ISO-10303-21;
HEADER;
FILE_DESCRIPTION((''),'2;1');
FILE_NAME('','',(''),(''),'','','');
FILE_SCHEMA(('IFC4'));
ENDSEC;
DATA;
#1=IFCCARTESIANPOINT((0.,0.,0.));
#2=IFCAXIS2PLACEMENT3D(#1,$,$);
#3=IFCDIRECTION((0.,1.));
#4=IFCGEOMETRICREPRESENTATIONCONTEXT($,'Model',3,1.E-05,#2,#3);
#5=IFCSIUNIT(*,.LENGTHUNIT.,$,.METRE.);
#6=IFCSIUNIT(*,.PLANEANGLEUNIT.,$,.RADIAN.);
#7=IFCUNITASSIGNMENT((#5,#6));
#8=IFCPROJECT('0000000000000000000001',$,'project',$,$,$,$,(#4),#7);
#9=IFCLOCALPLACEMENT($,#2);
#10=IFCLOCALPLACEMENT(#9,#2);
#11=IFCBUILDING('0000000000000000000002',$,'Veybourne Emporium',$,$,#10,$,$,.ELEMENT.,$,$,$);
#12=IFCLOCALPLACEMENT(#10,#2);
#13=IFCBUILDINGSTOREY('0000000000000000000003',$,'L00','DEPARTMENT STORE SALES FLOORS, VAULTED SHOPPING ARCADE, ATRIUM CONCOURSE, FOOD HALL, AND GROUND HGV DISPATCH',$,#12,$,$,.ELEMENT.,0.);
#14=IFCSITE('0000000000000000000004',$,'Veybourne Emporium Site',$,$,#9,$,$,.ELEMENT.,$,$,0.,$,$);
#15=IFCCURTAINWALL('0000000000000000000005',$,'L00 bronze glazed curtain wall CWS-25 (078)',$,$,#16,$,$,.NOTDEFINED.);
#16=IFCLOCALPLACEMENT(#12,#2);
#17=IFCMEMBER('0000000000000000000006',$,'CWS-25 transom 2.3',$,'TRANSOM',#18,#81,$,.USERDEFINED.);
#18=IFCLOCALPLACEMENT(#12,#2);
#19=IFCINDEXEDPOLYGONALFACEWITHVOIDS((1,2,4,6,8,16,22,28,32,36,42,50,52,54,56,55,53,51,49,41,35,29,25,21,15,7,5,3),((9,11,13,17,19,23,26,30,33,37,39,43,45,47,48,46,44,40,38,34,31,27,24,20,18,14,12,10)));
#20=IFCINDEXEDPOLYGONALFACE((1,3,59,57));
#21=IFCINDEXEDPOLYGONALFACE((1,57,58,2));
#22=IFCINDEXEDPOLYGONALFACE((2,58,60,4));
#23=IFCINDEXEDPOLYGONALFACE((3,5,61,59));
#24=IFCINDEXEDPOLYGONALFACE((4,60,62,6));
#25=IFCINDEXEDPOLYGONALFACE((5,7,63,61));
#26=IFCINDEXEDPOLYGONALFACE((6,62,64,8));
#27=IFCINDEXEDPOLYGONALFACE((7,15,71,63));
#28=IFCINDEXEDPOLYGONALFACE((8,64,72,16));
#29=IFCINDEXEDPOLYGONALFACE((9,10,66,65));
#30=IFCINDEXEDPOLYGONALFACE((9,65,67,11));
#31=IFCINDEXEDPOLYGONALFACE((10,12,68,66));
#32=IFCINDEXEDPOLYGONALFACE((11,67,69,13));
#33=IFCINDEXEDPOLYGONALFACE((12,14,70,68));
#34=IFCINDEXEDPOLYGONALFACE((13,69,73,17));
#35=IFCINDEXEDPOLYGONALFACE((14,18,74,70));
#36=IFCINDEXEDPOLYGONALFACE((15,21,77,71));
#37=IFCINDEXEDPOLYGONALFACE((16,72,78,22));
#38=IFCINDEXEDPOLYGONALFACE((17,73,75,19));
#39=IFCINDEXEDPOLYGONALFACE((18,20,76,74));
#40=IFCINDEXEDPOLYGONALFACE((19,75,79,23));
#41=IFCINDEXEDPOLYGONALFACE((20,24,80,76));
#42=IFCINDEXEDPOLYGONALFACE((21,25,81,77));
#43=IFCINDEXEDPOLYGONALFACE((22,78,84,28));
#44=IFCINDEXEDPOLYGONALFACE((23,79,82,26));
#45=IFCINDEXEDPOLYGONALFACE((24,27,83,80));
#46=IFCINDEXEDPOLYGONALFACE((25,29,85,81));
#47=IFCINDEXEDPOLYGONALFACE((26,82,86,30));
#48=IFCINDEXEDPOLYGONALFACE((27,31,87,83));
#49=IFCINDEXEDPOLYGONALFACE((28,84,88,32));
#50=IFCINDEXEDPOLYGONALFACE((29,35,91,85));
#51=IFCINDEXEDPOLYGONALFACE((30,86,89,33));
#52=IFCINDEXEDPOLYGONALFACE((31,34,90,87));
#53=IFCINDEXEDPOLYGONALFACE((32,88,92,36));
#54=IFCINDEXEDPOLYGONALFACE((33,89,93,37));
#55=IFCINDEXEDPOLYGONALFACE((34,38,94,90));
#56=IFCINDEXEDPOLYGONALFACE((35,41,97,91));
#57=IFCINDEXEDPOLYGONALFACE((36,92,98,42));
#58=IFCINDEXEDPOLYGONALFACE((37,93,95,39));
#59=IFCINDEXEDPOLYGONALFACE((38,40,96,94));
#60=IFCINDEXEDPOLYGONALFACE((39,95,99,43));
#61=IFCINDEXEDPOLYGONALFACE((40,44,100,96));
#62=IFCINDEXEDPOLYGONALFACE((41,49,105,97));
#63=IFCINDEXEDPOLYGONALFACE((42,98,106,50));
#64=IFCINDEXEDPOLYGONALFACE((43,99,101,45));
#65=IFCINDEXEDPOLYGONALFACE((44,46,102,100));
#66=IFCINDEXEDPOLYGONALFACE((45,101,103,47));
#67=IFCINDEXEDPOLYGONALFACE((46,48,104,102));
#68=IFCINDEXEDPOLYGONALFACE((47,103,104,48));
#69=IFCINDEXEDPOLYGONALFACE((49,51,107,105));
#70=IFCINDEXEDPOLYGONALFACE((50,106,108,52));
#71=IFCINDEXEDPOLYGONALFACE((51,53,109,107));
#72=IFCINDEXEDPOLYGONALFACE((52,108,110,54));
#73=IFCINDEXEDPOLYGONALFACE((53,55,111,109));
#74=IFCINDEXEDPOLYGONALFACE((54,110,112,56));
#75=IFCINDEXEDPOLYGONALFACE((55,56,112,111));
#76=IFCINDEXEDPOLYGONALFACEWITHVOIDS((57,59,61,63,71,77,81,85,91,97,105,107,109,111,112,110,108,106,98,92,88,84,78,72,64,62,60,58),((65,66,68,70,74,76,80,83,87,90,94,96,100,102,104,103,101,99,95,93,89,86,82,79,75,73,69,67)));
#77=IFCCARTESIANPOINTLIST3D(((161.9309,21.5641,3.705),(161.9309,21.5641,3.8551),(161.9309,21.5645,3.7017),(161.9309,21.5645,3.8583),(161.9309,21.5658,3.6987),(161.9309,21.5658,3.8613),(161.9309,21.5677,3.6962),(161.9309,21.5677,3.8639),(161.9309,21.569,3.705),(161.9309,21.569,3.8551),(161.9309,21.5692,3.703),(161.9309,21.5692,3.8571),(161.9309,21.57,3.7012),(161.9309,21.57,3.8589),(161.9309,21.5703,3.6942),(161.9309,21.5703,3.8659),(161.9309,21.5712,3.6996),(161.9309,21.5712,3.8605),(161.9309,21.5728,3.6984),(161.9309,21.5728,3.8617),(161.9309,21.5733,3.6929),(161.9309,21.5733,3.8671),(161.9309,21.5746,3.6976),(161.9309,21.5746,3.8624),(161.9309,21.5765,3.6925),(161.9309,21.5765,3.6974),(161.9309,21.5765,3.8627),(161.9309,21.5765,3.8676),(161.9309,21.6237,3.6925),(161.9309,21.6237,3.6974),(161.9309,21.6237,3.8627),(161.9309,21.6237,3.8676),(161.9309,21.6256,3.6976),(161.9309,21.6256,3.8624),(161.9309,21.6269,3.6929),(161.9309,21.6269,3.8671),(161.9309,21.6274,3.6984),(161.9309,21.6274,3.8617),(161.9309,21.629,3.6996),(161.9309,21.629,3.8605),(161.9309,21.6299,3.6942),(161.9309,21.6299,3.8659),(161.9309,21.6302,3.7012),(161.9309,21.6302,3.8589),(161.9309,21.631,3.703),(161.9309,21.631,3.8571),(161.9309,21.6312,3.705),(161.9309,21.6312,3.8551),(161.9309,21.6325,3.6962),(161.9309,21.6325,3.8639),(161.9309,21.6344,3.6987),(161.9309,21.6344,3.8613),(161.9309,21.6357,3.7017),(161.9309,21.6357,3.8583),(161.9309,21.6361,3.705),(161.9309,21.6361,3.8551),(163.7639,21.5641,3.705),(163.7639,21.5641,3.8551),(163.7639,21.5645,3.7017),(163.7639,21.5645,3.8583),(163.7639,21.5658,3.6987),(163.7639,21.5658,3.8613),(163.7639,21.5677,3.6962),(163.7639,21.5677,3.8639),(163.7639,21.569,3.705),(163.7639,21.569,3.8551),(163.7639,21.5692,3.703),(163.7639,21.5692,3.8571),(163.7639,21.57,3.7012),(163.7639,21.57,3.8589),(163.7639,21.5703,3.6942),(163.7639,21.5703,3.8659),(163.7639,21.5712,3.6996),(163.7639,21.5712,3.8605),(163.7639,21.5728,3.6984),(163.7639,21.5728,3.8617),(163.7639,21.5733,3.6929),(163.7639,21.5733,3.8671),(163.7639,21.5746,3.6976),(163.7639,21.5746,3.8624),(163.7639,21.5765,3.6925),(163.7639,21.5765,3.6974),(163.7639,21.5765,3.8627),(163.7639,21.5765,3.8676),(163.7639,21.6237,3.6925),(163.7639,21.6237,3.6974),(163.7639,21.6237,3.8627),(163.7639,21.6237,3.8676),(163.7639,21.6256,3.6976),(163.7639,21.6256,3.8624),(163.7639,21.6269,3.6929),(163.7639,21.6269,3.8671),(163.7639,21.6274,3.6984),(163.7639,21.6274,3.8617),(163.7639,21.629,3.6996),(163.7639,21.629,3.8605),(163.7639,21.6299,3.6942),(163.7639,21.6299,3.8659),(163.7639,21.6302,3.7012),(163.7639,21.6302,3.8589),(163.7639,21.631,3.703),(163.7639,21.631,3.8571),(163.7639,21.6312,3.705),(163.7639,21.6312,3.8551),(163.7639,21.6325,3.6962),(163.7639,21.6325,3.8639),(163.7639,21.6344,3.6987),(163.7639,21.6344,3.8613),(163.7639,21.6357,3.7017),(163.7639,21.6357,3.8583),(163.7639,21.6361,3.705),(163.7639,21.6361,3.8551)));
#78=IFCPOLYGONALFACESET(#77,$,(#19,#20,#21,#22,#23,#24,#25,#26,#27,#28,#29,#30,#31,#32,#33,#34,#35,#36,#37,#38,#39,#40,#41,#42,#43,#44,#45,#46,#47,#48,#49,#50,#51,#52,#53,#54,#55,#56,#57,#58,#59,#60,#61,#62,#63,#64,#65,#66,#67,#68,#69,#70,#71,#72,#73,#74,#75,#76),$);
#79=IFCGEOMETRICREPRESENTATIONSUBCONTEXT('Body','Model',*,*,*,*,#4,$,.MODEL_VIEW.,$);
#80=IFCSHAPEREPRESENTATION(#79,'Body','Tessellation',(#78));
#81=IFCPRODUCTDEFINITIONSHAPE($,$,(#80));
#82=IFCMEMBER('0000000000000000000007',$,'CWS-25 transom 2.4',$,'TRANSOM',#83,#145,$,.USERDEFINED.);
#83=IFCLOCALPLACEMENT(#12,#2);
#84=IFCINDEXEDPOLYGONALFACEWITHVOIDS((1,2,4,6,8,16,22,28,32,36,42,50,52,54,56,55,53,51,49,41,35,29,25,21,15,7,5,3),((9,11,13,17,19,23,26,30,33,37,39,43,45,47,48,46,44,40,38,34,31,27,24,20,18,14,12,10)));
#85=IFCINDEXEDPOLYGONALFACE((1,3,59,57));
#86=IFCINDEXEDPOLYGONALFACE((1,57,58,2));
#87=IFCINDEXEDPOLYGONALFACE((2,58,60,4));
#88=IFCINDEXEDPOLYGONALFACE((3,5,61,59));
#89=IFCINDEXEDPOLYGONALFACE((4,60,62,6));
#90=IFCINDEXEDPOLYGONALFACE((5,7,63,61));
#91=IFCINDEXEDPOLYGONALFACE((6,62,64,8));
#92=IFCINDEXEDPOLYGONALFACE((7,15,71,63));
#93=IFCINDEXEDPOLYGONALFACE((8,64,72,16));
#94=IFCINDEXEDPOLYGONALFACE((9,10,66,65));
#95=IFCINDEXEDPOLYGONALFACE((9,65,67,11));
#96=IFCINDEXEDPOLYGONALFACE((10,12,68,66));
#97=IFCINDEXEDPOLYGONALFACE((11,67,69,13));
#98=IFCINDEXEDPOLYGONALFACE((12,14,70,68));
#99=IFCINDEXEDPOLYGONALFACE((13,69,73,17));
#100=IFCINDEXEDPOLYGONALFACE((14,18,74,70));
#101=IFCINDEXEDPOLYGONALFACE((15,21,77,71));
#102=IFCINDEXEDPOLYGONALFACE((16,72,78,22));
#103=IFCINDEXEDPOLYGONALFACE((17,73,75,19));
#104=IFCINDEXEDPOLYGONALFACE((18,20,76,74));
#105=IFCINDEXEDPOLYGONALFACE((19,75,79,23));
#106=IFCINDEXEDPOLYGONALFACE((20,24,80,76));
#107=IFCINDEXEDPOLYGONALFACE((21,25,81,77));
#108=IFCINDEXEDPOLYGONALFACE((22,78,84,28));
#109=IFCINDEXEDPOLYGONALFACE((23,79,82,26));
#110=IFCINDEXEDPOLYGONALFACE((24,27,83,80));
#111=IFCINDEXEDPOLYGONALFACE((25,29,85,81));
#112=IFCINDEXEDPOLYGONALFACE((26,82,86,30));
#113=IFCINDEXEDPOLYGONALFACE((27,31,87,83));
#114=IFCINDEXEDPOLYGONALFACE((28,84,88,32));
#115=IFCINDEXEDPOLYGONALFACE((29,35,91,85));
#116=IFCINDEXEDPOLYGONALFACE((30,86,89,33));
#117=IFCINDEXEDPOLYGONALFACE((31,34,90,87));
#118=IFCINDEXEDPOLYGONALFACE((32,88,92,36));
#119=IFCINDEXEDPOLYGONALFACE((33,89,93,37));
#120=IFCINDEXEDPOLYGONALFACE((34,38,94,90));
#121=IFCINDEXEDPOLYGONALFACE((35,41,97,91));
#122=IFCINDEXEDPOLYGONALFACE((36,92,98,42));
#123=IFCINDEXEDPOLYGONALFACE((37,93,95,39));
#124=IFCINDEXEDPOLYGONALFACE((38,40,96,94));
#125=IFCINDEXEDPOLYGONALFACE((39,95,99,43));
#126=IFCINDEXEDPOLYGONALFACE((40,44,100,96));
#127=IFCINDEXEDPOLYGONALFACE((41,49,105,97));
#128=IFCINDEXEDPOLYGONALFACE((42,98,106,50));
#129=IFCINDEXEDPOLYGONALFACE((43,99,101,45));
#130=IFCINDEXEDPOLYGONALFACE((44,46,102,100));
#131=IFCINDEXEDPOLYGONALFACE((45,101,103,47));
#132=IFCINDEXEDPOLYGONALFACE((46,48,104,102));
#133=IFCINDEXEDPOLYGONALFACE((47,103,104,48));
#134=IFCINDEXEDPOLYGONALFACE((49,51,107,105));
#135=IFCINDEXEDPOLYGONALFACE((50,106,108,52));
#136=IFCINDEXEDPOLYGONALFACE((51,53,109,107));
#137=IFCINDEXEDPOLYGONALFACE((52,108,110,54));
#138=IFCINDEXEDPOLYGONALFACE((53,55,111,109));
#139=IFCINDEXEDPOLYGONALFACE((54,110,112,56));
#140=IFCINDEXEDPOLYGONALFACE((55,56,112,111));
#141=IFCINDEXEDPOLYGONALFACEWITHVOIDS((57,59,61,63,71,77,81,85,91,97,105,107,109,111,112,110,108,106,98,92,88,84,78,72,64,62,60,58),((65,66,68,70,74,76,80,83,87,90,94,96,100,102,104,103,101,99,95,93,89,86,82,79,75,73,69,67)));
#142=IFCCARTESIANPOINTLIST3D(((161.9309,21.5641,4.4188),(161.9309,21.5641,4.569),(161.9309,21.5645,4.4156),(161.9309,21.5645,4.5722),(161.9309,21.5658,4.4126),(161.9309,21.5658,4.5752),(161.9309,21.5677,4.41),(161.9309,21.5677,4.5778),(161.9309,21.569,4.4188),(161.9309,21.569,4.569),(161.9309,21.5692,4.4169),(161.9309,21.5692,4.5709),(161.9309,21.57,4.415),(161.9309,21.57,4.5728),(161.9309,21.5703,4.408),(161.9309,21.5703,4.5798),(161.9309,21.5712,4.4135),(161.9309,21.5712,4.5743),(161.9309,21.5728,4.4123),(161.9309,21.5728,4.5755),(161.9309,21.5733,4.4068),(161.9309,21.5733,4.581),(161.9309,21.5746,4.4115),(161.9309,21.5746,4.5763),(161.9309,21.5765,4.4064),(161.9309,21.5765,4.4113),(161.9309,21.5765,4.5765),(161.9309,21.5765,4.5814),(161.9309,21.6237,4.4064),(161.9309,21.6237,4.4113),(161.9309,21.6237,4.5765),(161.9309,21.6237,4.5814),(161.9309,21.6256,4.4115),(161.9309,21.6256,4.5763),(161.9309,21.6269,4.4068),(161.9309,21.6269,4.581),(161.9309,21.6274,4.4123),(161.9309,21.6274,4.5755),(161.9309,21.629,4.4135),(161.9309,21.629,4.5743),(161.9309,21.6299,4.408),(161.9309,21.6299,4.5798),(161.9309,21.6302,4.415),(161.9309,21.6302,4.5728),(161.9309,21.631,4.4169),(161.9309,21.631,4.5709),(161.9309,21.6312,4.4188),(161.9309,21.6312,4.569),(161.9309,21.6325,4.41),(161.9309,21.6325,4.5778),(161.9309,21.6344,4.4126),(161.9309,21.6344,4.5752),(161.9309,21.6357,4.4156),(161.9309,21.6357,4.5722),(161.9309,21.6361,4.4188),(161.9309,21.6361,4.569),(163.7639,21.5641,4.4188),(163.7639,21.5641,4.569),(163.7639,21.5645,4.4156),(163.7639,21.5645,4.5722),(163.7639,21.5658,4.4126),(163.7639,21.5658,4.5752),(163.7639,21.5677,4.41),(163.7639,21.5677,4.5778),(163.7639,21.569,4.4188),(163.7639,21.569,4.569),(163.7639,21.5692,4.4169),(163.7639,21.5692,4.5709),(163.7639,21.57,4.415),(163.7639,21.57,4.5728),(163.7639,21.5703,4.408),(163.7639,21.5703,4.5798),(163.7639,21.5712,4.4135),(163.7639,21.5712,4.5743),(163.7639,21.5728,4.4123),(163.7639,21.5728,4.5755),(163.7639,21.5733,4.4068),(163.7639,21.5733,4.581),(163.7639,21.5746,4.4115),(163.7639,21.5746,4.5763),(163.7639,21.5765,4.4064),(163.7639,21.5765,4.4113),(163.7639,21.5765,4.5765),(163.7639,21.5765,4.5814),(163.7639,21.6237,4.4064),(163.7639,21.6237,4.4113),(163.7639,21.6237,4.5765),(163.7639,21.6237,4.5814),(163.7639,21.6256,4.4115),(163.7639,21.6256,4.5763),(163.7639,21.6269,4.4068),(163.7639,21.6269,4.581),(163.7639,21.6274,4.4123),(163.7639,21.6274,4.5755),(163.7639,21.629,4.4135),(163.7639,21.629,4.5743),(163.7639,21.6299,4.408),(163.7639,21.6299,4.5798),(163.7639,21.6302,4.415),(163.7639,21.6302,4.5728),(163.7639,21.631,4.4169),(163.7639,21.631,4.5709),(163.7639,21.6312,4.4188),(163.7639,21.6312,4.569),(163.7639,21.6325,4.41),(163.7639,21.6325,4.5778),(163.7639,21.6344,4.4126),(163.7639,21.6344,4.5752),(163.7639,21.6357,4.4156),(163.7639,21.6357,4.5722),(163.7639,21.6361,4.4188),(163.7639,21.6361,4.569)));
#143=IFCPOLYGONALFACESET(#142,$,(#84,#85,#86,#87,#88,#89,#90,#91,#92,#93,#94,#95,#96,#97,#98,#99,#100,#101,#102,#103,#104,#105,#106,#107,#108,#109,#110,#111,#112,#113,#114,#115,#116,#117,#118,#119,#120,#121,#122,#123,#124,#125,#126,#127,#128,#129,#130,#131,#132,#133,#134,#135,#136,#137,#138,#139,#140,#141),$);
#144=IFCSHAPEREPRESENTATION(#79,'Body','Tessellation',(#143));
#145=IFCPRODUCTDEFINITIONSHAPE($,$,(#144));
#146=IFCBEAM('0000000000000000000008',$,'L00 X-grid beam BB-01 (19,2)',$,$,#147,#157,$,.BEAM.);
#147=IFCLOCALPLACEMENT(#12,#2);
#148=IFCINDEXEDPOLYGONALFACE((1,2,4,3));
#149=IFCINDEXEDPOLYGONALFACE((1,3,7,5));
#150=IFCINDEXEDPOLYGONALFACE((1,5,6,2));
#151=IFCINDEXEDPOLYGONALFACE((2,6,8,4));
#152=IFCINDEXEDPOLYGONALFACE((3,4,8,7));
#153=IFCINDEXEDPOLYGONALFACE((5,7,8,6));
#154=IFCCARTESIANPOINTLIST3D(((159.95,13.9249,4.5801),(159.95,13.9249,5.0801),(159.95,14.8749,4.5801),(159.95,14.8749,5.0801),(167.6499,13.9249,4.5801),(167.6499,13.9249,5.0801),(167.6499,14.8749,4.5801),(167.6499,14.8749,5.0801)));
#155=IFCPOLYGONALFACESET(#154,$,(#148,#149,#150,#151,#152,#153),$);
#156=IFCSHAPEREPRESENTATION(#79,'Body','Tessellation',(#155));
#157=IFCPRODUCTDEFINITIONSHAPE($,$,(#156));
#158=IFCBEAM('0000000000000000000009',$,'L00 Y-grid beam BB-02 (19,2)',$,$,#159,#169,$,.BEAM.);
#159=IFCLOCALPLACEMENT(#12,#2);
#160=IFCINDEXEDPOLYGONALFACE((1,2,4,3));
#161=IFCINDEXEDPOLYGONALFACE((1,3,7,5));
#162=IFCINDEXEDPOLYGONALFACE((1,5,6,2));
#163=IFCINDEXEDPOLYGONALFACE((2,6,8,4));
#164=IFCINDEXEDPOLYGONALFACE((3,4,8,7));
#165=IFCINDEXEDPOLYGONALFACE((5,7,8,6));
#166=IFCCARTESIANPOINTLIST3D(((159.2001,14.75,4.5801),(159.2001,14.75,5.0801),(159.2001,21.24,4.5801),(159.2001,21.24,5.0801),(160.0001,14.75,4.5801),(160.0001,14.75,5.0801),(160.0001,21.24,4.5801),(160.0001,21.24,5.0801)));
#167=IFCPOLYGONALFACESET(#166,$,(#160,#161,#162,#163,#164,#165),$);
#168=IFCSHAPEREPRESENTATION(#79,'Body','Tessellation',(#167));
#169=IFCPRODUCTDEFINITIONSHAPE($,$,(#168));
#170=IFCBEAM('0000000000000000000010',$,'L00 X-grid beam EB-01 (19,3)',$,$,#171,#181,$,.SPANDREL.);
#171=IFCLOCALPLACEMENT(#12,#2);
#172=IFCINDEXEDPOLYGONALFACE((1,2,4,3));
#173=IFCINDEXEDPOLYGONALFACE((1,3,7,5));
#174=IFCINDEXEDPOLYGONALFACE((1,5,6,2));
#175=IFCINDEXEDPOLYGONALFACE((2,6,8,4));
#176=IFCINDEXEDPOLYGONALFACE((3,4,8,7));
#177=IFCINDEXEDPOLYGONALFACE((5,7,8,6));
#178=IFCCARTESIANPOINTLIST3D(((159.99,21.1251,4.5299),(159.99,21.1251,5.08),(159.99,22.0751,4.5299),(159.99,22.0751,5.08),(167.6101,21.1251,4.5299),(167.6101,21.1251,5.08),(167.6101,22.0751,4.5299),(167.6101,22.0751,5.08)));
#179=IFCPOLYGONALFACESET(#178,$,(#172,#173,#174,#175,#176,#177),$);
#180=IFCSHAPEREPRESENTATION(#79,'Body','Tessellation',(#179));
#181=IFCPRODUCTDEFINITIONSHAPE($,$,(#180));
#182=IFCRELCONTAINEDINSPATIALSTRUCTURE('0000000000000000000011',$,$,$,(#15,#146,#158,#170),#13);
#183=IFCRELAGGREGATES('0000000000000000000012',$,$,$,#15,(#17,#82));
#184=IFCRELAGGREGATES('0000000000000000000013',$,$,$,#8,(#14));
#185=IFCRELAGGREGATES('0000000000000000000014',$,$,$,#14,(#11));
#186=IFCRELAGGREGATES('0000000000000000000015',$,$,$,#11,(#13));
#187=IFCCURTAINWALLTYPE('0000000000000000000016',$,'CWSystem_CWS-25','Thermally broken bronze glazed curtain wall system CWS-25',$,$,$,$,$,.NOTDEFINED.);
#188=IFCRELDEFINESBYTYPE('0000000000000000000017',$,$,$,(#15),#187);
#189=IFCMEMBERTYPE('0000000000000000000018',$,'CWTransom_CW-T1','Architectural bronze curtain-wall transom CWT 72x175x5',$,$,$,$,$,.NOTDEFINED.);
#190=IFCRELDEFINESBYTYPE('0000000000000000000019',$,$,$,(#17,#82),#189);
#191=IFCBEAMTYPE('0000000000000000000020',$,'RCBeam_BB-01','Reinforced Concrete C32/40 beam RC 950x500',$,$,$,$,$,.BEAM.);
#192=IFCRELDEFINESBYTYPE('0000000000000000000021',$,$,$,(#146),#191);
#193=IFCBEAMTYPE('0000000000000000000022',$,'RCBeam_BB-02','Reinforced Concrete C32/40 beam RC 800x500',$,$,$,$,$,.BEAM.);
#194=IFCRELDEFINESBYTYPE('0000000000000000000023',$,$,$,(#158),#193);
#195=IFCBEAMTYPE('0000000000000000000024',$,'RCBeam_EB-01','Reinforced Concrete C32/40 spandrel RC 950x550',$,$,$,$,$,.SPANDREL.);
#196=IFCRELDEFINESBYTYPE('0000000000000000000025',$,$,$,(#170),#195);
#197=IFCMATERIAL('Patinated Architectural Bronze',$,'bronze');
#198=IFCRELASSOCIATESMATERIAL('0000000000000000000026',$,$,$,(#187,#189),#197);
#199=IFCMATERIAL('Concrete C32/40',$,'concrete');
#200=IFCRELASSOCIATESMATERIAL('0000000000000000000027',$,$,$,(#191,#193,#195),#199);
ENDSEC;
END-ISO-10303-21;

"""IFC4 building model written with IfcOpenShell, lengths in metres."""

from ifc_helpers import new_model, si_unit, direction, frame, origin, origin_2d, place, context, subcontext, project, spatial, rectangle, hollow_rectangle, extrude, material, material_profile, profile_set, type_object, element, aggregate, save


model = new_model("IFC4")

# Units and contexts
model_context = context("Model", 3, precision=1e-05, world=origin(), true_north=direction((0.0, 1.0)))
body_context = subcontext(model_context, "Body", "Model", "MODEL_VIEW")
ifc_project = project(units=[si_unit("LENGTHUNIT", "METRE"), si_unit("PLANEANGLEUNIT", "RADIAN")], contexts=[model_context])

# Site, building, storey
site_placement = place(None, origin())
site = spatial("IfcSite", under=ifc_project, at=site_placement, Name="Veybourne Emporium Site", CompositionType="ELEMENT", RefElevation=0.0)
building_placement = place(site_placement, origin())
building = spatial("IfcBuilding", under=site, at=building_placement, Name="Veybourne Emporium", CompositionType="ELEMENT")
storey_placement = place(building_placement, origin())
storey = spatial("IfcBuildingStorey", under=building, at=storey_placement, Name="L00", Description="DEPARTMENT STORE SALES FLOORS, VAULTED SHOPPING ARCADE, ATRIUM CONCOURSE, FOOD HALL, AND GROUND HGV DISPATCH", CompositionType="ELEMENT", Elevation=0.0)

# Curtain wall
ifc_material_1 = material(Name="Patinated Architectural Bronze", Category="bronze")
curtain_wall_type_1 = type_object("IfcCurtainWallType", Name="CWSystem_CWS-25", Description="Thermally broken bronze glazed curtain wall system CWS-25", PredefinedType="NOTDEFINED", material=ifc_material_1)
curtain_wall_1_placement = place(storey_placement, origin())
curtain_wall_1 = element("IfcCurtainWall", 1, at=curtain_wall_1_placement, inside=storey, type_object=curtain_wall_type_1, Name="L00 bronze glazed curtain wall CWS-25 (078)", PredefinedType="NOTDEFINED")

# Members
ifc_material_profile_1 = material_profile(ifc_material_1, hollow_rectangle(XDim=0.072, YDim=0.175, WallThickness=0.0049, InnerFilletRadius=0.0076, OuterFilletRadius=0.0125, at=origin_2d()), Name="CWT 72x175x5")
ifc_profile_set_1 = profile_set([ifc_material_profile_1], Name="Patinated Architectural Bronze")
member_type_1 = type_object("IfcMemberType", Name="CWTransom_CW-T1", Description="Architectural bronze curtain-wall transom CWT 72x175x5", PredefinedType="NOTDEFINED", material=ifc_profile_set_1)
member_1_placement = place(storey_placement, frame((161.9309, 21.6001, 3.78), z_axis=(1.0, 0.0, 0.0), x_axis=(0.0, 1.0, 0.0)))
member_1 = element("IfcMember", 2, at=member_1_placement, type_object=member_type_1, Name="CWS-25 transom 2.3", ObjectType="TRANSOM", PredefinedType="USERDEFINED", context=body_context, shape_type="SweptSolid", body=[
    extrude(hollow_rectangle(XDim=0.072, YDim=0.175, WallThickness=0.0049, InnerFilletRadius=0.0076, OuterFilletRadius=0.0125, at=origin_2d()), origin(), (0.0, 0.0, 1.0), 1.833),
])
member_2_placement = place(storey_placement, frame((161.9309, 21.6001, 4.4939), z_axis=(1.0, 0.0, 0.0), x_axis=(0.0, 1.0, 0.0)))
member_2 = element("IfcMember", 3, at=member_2_placement, type_object=member_type_1, Name="CWS-25 transom 2.4", ObjectType="TRANSOM", PredefinedType="USERDEFINED", context=body_context, shape_type="SweptSolid", body=[
    extrude(hollow_rectangle(XDim=0.072, YDim=0.175, WallThickness=0.0049, InnerFilletRadius=0.0076, OuterFilletRadius=0.0125, at=origin_2d()), origin(), (0.0, 0.0, 1.0), 1.833),
])

# Beams
ifc_material_2 = material(Name="Concrete C32/40", Category="concrete")
ifc_material_profile_2 = material_profile(ifc_material_2, rectangle(XDim=0.95, YDim=0.5, at=origin_2d()), Name="RC 950x500")
ifc_profile_set_2 = profile_set([ifc_material_profile_2], Name="Concrete C32/40")
beam_type_1 = type_object("IfcBeamType", Name="RCBeam_BB-01", Description="Reinforced Concrete C32/40 beam RC 950x500", PredefinedType="BEAM", material=ifc_profile_set_2)
beam_1_placement = place(storey_placement, frame((159.95, 14.3999, 4.8301), z_axis=(1.0, 0.0, 0.0), x_axis=(0.0, 1.0, 0.0)))
element("IfcBeam", 4, at=beam_1_placement, inside=storey, type_object=beam_type_1, Name="L00 X-grid beam BB-01 (19,2)", PredefinedType="BEAM", context=body_context, shape_type="SweptSolid", body=[
    extrude(rectangle(XDim=0.95, YDim=0.5, at=origin_2d()), origin(), (0.0, 0.0, 1.0), 7.7),
])
ifc_material_profile_3 = material_profile(ifc_material_2, rectangle(XDim=0.8, YDim=0.5, at=origin_2d()), Name="RC 800x500")
ifc_profile_set_3 = profile_set([ifc_material_profile_3], Name="Concrete C32/40")
beam_type_2 = type_object("IfcBeamType", Name="RCBeam_BB-02", Description="Reinforced Concrete C32/40 beam RC 800x500", PredefinedType="BEAM", material=ifc_profile_set_3)
beam_2_placement = place(storey_placement, frame((159.6001, 14.75, 4.8301), z_axis=(0.0, 1.0, 0.0), x_axis=(-1.0, 0.0, 0.0)))
element("IfcBeam", 5, at=beam_2_placement, inside=storey, type_object=beam_type_2, Name="L00 Y-grid beam BB-02 (19,2)", PredefinedType="BEAM", context=body_context, shape_type="SweptSolid", body=[
    extrude(rectangle(XDim=0.8, YDim=0.5, at=origin_2d()), origin(), (0.0, 0.0, 1.0), 6.49),
])
ifc_material_profile_4 = material_profile(ifc_material_2, rectangle(XDim=0.95, YDim=0.55, at=origin_2d()), Name="RC 950x550")
ifc_profile_set_4 = profile_set([ifc_material_profile_4], Name="Concrete C32/40")
beam_type_3 = type_object("IfcBeamType", Name="RCBeam_EB-01", Description="Reinforced Concrete C32/40 spandrel RC 950x550", PredefinedType="SPANDREL", material=ifc_profile_set_4)
beam_3_placement = place(storey_placement, frame((159.99, 21.6001, 4.8049), z_axis=(1.0, 0.0, 0.0), x_axis=(0.0, 1.0, 0.0)))
element("IfcBeam", 6, at=beam_3_placement, inside=storey, type_object=beam_type_3, Name="L00 X-grid beam EB-01 (19,3)", PredefinedType="SPANDREL", context=body_context, shape_type="SweptSolid", body=[
    extrude(rectangle(XDim=0.95, YDim=0.55, at=origin_2d()), origin(), (0.0, 0.0, 1.0), 7.6201),
])

aggregate(curtain_wall_1, [member_1, member_2])

save(model, "model.ifc")
